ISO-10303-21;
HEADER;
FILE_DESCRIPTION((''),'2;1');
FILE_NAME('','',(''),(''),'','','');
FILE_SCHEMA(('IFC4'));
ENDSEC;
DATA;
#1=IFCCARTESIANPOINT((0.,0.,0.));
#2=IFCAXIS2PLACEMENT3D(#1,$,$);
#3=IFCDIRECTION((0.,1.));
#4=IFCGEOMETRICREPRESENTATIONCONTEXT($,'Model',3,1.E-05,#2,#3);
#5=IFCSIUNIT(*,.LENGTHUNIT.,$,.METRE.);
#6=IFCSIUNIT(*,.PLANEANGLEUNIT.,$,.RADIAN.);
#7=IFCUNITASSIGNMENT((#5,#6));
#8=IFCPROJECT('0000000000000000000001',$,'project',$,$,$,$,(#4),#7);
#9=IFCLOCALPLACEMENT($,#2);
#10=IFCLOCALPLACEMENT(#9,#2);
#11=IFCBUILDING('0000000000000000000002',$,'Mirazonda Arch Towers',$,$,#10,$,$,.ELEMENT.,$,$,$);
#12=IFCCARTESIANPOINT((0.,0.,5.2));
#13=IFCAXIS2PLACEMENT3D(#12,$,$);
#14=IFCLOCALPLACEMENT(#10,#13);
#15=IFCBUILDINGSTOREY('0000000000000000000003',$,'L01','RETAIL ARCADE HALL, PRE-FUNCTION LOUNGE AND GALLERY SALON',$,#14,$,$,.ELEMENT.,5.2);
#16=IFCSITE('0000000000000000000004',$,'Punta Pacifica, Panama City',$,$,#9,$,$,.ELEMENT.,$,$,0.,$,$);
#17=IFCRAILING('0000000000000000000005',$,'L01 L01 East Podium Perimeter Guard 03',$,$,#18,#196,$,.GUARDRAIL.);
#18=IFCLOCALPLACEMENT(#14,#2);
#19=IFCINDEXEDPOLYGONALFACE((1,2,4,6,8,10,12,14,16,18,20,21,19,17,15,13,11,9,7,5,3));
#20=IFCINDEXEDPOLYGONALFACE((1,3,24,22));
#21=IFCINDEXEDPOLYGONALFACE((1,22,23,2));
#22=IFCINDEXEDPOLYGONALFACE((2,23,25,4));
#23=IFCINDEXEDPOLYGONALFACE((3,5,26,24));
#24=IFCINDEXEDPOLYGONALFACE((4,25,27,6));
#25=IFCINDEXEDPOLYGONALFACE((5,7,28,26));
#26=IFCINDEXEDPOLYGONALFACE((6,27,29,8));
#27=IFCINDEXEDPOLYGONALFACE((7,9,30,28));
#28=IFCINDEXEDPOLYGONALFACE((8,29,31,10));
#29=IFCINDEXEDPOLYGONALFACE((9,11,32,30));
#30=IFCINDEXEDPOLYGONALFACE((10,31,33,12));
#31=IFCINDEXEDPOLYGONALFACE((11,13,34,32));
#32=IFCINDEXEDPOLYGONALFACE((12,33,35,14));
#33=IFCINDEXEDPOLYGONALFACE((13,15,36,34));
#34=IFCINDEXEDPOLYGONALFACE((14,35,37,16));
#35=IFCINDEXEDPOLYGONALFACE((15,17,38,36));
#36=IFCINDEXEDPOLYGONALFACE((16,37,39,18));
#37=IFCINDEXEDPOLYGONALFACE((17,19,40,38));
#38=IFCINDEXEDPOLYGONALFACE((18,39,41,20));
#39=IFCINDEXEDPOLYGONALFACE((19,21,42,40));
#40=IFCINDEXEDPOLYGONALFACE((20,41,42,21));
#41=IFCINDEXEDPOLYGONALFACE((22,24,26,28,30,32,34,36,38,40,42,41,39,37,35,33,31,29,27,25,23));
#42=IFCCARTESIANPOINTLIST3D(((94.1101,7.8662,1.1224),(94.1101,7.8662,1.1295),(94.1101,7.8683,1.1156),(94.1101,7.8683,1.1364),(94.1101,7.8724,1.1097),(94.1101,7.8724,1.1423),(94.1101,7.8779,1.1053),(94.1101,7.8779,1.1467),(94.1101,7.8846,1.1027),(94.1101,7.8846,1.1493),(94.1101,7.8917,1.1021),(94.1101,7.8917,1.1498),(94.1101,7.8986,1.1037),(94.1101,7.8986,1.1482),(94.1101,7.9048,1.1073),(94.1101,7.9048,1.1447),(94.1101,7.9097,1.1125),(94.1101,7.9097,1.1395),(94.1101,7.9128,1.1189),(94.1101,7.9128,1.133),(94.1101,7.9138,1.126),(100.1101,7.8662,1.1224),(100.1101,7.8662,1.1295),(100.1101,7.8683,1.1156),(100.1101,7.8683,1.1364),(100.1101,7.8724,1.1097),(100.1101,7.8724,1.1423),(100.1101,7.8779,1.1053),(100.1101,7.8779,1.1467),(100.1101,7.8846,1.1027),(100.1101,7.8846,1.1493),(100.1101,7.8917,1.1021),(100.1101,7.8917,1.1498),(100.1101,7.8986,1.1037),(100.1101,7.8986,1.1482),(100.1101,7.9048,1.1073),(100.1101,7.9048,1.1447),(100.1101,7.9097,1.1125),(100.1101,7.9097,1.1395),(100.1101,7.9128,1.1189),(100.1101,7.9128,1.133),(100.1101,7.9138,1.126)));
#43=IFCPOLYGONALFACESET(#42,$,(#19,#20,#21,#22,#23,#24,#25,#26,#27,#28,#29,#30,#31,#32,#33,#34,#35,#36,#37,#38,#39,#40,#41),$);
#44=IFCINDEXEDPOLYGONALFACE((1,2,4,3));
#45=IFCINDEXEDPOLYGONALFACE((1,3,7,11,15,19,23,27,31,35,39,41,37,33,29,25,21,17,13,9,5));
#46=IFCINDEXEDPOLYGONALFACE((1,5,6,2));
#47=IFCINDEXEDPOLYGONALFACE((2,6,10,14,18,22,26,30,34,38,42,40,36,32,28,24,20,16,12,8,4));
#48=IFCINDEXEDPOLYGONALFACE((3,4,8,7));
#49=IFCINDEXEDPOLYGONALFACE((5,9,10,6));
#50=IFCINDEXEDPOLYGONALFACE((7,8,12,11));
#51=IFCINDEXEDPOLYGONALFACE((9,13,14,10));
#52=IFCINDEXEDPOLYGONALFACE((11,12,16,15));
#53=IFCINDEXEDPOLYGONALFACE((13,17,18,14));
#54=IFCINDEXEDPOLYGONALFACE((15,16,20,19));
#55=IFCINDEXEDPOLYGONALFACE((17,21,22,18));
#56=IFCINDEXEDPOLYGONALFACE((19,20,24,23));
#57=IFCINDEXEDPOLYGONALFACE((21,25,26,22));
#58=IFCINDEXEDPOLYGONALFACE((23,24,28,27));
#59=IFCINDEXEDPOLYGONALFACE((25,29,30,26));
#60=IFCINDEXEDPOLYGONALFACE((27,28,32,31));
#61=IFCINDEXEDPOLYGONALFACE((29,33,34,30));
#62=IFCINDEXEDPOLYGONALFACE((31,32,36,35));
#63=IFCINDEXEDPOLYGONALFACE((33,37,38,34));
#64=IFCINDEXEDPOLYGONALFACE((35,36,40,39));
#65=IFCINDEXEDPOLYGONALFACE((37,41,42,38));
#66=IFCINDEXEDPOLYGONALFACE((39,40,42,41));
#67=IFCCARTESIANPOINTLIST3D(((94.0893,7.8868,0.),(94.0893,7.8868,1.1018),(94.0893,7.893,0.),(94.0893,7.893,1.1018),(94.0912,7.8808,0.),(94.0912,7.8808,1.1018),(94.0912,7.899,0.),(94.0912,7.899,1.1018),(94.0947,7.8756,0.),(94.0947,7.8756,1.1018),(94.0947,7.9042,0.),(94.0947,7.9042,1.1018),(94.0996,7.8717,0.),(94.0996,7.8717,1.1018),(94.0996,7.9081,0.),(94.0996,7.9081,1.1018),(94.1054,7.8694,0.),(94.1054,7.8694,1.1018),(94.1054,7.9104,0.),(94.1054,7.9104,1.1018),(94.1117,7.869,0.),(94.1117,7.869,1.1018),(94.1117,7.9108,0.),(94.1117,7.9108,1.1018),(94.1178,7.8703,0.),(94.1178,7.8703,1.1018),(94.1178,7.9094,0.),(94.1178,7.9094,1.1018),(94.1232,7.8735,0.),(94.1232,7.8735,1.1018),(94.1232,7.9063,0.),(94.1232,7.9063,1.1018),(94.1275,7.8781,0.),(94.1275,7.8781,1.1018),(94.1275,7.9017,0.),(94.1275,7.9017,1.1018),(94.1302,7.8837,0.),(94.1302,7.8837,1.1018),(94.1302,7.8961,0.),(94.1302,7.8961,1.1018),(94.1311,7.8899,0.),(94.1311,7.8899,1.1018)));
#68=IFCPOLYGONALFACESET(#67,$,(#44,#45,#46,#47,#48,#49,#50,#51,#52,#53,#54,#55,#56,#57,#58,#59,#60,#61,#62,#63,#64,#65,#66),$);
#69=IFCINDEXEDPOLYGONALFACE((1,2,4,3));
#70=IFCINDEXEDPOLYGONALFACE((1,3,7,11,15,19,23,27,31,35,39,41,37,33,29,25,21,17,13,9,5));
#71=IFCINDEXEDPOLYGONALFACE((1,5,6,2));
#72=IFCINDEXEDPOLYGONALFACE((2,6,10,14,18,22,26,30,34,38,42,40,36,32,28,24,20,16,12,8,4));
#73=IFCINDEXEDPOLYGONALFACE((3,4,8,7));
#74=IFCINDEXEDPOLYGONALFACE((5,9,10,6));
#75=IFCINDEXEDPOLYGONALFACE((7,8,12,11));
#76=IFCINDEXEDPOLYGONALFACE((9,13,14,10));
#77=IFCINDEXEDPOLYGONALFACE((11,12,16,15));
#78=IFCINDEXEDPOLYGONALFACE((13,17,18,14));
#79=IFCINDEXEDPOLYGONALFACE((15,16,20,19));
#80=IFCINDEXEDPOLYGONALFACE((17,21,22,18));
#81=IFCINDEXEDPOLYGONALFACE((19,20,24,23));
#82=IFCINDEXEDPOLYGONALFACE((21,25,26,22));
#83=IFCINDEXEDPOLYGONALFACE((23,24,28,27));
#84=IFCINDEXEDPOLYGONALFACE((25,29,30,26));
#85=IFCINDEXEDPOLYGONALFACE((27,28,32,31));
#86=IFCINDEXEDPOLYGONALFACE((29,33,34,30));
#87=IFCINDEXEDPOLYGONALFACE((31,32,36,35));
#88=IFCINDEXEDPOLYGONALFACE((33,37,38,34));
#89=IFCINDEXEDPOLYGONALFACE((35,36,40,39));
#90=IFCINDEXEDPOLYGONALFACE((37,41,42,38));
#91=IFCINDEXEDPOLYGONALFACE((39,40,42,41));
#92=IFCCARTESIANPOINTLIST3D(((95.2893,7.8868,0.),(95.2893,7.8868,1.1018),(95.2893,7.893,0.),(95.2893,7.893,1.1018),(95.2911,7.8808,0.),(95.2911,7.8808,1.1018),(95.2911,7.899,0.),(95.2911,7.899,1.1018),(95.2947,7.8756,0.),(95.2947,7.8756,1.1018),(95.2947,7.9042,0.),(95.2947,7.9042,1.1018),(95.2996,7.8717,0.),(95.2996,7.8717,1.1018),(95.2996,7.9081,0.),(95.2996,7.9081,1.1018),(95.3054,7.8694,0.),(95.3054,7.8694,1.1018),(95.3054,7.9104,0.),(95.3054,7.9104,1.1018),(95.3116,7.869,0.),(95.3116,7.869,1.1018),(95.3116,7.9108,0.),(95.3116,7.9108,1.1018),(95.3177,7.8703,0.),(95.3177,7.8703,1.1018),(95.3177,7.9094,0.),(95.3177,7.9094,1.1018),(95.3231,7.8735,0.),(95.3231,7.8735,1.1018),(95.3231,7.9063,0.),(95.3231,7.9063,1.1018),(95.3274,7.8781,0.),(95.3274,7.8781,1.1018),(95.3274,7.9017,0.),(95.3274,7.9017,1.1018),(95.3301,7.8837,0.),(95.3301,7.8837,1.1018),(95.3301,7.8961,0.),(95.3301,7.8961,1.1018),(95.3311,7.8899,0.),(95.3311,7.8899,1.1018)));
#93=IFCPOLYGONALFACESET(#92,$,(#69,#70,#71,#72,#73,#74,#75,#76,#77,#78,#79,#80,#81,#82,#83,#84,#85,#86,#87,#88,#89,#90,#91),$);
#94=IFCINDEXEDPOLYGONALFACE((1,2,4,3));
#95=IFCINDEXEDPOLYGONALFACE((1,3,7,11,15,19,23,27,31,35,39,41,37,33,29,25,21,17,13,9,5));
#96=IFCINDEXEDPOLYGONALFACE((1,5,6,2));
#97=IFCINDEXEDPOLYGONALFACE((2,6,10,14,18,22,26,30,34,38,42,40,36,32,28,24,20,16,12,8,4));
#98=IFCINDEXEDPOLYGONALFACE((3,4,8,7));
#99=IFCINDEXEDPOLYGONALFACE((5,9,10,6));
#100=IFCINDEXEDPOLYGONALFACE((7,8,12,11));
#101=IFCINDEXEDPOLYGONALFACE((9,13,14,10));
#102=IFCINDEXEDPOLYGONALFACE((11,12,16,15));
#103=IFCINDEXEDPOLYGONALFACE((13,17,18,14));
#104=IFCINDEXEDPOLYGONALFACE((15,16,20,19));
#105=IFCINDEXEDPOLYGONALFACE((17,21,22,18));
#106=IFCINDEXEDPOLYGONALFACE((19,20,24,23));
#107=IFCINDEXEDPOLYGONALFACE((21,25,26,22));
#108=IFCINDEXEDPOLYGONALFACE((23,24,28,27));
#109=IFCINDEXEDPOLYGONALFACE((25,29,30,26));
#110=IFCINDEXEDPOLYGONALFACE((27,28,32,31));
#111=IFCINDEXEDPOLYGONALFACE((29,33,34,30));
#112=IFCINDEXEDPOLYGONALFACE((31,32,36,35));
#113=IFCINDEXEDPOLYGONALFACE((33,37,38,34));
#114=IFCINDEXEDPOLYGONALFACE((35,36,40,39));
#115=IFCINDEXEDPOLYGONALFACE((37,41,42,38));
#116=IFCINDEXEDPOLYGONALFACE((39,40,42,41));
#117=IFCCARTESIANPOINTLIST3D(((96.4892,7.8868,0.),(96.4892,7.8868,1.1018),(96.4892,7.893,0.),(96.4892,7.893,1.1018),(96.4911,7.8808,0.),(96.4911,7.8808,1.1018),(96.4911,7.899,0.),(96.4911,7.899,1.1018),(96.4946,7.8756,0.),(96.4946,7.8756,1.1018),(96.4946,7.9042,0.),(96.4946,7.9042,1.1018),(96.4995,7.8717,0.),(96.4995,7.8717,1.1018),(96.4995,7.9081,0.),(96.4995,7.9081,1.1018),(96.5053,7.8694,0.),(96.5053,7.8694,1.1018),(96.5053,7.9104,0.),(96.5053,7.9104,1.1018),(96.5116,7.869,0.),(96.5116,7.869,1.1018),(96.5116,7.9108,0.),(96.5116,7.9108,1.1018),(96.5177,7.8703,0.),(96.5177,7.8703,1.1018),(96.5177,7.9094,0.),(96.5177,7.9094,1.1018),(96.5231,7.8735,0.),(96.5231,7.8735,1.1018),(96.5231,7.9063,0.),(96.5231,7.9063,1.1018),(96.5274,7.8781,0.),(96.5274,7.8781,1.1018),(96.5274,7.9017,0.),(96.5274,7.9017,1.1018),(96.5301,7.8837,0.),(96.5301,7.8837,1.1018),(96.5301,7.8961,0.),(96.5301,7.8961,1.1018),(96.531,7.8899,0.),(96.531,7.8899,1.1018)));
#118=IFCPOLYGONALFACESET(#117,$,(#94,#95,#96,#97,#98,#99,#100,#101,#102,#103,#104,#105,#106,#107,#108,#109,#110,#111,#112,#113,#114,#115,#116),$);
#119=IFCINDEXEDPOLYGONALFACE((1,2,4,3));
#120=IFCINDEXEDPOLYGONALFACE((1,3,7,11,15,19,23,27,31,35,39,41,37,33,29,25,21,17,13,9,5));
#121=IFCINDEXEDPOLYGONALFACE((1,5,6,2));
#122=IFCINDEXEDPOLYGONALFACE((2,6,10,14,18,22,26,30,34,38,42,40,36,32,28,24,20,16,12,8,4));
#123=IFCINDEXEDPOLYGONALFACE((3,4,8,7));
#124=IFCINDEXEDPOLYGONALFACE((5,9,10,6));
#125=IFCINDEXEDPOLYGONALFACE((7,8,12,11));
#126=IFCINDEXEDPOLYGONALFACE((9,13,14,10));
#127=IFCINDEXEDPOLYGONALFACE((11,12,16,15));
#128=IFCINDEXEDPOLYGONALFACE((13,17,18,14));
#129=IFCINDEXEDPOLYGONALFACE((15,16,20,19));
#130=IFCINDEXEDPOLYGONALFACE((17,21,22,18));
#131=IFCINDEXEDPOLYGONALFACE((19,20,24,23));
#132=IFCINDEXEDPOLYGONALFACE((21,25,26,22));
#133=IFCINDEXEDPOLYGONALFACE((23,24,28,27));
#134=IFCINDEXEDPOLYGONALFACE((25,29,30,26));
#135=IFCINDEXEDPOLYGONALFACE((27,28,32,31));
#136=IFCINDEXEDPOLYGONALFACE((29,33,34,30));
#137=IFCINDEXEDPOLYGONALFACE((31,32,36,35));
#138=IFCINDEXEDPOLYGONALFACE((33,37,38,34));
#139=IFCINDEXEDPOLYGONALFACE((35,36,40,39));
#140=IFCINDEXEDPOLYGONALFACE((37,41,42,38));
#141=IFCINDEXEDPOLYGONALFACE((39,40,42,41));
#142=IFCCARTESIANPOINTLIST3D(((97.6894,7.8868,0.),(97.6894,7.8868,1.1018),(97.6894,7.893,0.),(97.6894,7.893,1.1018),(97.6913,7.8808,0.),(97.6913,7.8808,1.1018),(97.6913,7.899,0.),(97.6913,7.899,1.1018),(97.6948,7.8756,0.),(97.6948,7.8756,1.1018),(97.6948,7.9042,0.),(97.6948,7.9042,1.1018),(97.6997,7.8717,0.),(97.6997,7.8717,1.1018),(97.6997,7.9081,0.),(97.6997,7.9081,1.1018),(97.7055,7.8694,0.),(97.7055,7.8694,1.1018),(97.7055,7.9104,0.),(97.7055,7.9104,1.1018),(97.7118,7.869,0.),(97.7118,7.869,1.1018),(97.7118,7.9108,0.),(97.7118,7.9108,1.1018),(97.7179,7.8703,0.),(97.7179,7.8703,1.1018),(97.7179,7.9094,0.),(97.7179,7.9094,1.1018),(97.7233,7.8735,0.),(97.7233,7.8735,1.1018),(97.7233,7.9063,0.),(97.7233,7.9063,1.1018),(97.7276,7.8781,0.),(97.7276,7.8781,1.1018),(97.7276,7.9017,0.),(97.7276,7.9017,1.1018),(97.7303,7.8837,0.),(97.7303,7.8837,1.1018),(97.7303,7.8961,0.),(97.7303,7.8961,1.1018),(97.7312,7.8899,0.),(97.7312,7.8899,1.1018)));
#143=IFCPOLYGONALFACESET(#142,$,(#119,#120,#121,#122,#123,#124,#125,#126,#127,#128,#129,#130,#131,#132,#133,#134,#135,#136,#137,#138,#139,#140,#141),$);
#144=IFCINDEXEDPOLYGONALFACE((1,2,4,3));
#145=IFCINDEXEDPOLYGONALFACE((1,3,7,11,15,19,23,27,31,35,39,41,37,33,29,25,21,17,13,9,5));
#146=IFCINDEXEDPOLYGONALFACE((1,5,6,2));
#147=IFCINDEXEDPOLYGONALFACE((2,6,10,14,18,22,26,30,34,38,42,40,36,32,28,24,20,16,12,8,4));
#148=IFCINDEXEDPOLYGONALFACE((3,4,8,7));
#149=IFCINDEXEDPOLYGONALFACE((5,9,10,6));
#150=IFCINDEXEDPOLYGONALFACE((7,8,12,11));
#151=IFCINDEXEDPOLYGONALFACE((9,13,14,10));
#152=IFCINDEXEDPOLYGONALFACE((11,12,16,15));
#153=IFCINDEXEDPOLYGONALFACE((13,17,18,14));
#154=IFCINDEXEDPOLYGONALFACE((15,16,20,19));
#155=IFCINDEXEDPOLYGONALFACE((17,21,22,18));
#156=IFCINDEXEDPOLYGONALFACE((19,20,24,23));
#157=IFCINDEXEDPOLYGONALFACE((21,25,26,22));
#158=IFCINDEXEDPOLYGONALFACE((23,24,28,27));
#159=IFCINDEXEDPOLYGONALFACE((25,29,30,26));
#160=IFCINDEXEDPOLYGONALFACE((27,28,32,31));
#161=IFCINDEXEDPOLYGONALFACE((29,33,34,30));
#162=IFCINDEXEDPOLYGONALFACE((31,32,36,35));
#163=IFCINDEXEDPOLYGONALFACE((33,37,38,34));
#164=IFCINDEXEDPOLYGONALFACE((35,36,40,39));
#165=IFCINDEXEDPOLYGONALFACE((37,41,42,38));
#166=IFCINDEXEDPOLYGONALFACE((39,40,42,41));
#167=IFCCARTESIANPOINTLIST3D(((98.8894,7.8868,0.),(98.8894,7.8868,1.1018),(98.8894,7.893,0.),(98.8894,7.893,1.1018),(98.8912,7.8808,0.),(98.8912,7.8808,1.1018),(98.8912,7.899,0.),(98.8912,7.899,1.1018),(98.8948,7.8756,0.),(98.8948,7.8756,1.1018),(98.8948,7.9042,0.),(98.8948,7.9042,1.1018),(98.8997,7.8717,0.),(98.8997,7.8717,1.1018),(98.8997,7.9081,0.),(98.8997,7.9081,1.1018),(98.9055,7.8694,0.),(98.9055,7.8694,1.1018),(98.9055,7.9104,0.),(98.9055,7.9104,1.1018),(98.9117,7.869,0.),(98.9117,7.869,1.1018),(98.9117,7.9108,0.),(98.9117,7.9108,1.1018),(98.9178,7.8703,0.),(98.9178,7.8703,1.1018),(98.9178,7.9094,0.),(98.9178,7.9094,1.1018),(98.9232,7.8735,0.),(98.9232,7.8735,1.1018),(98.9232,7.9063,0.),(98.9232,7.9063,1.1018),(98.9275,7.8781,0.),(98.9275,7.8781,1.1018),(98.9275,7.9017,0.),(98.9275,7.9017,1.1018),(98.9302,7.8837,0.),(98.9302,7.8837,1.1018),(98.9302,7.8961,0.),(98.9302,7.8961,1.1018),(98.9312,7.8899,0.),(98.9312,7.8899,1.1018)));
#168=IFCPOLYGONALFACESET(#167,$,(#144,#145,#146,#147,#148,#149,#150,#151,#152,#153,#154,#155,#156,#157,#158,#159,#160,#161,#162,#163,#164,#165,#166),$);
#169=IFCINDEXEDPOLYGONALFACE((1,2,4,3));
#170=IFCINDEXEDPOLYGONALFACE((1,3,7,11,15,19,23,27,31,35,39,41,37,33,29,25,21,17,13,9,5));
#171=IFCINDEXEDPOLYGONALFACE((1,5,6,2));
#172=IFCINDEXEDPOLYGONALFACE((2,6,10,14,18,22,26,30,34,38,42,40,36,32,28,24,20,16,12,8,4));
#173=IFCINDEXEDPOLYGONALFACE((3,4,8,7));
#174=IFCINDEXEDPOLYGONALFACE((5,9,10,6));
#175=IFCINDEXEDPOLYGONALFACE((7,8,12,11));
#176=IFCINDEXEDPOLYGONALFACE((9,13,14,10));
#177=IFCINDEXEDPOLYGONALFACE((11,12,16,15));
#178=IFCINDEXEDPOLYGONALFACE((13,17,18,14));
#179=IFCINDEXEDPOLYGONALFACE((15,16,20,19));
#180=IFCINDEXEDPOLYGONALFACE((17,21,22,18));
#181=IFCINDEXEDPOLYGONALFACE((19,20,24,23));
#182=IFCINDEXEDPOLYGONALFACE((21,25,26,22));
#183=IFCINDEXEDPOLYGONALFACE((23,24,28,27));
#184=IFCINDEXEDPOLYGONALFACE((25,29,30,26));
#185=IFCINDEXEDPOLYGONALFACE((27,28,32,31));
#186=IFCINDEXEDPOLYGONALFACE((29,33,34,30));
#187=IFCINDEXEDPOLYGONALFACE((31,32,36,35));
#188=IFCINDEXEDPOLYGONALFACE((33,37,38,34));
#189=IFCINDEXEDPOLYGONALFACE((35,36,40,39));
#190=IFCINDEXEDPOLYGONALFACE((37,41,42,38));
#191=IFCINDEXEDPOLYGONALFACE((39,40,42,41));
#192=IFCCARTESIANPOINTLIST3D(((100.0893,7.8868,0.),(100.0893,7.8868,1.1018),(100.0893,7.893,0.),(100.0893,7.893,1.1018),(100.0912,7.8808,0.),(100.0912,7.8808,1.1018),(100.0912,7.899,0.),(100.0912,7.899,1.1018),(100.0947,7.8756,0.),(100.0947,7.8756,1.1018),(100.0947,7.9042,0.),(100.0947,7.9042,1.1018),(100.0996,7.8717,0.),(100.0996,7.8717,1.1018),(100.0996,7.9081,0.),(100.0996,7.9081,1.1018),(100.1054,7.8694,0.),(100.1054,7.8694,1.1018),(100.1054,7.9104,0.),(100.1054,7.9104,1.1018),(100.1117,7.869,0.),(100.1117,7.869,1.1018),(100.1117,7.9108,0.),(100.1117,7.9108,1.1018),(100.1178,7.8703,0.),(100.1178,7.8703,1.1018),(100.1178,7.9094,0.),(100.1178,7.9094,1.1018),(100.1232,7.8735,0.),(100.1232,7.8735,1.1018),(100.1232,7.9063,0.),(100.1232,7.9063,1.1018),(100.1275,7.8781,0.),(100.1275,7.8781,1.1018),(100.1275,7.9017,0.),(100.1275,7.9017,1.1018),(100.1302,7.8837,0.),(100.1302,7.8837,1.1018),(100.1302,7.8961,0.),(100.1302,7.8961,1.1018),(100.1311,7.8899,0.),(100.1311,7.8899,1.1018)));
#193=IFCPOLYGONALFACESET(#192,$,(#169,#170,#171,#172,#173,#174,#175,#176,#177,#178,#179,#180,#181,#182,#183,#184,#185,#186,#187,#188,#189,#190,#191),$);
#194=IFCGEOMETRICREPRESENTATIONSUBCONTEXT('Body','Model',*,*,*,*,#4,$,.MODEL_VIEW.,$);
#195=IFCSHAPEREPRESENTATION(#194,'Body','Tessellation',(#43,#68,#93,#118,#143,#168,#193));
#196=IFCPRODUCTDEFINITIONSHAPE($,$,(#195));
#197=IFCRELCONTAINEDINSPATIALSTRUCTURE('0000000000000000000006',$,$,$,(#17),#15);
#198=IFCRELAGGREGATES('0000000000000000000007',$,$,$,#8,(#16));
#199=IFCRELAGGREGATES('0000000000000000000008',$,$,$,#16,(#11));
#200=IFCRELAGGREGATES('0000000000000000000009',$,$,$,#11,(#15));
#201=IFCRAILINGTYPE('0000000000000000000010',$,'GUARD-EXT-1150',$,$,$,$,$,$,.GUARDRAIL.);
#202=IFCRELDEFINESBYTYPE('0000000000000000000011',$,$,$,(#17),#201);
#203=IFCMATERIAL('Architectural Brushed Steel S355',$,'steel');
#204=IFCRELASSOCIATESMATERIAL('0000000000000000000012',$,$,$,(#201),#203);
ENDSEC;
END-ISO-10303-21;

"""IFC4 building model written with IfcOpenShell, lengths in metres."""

from ifc_helpers import new_model, si_unit, direction, frame, origin, origin_2d, place, context, subcontext, project, spatial, circle, extrude, material, type_object, element, save


model = new_model("IFC4")

# Units and contexts
model_context = context("Model", 3, precision=1e-05, world=origin(), true_north=direction((0.0, 1.0)))
body_context = subcontext(model_context, "Body", "Model", "MODEL_VIEW")
ifc_project = project(units=[si_unit("LENGTHUNIT", "METRE"), si_unit("PLANEANGLEUNIT", "RADIAN")], contexts=[model_context])

# Site, building, storey
site_placement = place(None, origin())
site = spatial("IfcSite", under=ifc_project, at=site_placement, Name="Punta Pacifica, Panama City", CompositionType="ELEMENT", RefElevation=0.0)
building_placement = place(site_placement, origin())
building = spatial("IfcBuilding", under=site, at=building_placement, Name="Mirazonda Arch Towers", CompositionType="ELEMENT")
storey_placement = place(building_placement, frame((0.0, 0.0, 5.2)))
storey = spatial("IfcBuildingStorey", under=building, at=storey_placement, Name="L01", Description="RETAIL ARCADE HALL, PRE-FUNCTION LOUNGE AND GALLERY SALON", CompositionType="ELEMENT", Elevation=5.2)

# Railing
ifc_material_1 = material(Name="Architectural Brushed Steel S355", Category="steel")
railing_type = type_object("IfcRailingType", Name="GUARD-EXT-1150", PredefinedType="GUARDRAIL", material=ifc_material_1)
railing_1_placement = place(storey_placement, frame((94.1101, 7.8899, 0.0)))
element("IfcRailing", 1, at=railing_1_placement, inside=storey, type_object=railing_type, Name="L01 L01 East Podium Perimeter Guard 03", PredefinedType="GUARDRAIL", context=body_context, shape_type="SweptSolid", body=[
    extrude(circle(Radius=0.0239, at=origin_2d()), frame((0.0, 0.0, 1.126), z_axis=(1.0, 0.0, 0.0), x_axis=(0.0, 1.0, 0.0)), (0.0, 0.0, 1.0), 6.0),
    extrude(circle(Radius=0.021, at=origin_2d()), origin(), (0.0, 0.0, 1.0), 1.1018),
    extrude(circle(Radius=0.021, at=origin_2d()), frame((1.2, 0.0, 0.0)), (0.0, 0.0, 1.0), 1.1018),
    extrude(circle(Radius=0.021, at=origin_2d()), frame((2.3999, 0.0, 0.0)), (0.0, 0.0, 1.0), 1.1018),
    extrude(circle(Radius=0.021, at=origin_2d()), frame((3.6001, 0.0, 0.0)), (0.0, 0.0, 1.0), 1.1018),
    extrude(circle(Radius=0.021, at=origin_2d()), frame((4.8, 0.0, 0.0)), (0.0, 0.0, 1.0), 1.1018),
    extrude(circle(Radius=0.021, at=origin_2d()), frame((6.0, 0.0, 0.0)), (0.0, 0.0, 1.0), 1.1018),
])

save(model, "model.ifc")
